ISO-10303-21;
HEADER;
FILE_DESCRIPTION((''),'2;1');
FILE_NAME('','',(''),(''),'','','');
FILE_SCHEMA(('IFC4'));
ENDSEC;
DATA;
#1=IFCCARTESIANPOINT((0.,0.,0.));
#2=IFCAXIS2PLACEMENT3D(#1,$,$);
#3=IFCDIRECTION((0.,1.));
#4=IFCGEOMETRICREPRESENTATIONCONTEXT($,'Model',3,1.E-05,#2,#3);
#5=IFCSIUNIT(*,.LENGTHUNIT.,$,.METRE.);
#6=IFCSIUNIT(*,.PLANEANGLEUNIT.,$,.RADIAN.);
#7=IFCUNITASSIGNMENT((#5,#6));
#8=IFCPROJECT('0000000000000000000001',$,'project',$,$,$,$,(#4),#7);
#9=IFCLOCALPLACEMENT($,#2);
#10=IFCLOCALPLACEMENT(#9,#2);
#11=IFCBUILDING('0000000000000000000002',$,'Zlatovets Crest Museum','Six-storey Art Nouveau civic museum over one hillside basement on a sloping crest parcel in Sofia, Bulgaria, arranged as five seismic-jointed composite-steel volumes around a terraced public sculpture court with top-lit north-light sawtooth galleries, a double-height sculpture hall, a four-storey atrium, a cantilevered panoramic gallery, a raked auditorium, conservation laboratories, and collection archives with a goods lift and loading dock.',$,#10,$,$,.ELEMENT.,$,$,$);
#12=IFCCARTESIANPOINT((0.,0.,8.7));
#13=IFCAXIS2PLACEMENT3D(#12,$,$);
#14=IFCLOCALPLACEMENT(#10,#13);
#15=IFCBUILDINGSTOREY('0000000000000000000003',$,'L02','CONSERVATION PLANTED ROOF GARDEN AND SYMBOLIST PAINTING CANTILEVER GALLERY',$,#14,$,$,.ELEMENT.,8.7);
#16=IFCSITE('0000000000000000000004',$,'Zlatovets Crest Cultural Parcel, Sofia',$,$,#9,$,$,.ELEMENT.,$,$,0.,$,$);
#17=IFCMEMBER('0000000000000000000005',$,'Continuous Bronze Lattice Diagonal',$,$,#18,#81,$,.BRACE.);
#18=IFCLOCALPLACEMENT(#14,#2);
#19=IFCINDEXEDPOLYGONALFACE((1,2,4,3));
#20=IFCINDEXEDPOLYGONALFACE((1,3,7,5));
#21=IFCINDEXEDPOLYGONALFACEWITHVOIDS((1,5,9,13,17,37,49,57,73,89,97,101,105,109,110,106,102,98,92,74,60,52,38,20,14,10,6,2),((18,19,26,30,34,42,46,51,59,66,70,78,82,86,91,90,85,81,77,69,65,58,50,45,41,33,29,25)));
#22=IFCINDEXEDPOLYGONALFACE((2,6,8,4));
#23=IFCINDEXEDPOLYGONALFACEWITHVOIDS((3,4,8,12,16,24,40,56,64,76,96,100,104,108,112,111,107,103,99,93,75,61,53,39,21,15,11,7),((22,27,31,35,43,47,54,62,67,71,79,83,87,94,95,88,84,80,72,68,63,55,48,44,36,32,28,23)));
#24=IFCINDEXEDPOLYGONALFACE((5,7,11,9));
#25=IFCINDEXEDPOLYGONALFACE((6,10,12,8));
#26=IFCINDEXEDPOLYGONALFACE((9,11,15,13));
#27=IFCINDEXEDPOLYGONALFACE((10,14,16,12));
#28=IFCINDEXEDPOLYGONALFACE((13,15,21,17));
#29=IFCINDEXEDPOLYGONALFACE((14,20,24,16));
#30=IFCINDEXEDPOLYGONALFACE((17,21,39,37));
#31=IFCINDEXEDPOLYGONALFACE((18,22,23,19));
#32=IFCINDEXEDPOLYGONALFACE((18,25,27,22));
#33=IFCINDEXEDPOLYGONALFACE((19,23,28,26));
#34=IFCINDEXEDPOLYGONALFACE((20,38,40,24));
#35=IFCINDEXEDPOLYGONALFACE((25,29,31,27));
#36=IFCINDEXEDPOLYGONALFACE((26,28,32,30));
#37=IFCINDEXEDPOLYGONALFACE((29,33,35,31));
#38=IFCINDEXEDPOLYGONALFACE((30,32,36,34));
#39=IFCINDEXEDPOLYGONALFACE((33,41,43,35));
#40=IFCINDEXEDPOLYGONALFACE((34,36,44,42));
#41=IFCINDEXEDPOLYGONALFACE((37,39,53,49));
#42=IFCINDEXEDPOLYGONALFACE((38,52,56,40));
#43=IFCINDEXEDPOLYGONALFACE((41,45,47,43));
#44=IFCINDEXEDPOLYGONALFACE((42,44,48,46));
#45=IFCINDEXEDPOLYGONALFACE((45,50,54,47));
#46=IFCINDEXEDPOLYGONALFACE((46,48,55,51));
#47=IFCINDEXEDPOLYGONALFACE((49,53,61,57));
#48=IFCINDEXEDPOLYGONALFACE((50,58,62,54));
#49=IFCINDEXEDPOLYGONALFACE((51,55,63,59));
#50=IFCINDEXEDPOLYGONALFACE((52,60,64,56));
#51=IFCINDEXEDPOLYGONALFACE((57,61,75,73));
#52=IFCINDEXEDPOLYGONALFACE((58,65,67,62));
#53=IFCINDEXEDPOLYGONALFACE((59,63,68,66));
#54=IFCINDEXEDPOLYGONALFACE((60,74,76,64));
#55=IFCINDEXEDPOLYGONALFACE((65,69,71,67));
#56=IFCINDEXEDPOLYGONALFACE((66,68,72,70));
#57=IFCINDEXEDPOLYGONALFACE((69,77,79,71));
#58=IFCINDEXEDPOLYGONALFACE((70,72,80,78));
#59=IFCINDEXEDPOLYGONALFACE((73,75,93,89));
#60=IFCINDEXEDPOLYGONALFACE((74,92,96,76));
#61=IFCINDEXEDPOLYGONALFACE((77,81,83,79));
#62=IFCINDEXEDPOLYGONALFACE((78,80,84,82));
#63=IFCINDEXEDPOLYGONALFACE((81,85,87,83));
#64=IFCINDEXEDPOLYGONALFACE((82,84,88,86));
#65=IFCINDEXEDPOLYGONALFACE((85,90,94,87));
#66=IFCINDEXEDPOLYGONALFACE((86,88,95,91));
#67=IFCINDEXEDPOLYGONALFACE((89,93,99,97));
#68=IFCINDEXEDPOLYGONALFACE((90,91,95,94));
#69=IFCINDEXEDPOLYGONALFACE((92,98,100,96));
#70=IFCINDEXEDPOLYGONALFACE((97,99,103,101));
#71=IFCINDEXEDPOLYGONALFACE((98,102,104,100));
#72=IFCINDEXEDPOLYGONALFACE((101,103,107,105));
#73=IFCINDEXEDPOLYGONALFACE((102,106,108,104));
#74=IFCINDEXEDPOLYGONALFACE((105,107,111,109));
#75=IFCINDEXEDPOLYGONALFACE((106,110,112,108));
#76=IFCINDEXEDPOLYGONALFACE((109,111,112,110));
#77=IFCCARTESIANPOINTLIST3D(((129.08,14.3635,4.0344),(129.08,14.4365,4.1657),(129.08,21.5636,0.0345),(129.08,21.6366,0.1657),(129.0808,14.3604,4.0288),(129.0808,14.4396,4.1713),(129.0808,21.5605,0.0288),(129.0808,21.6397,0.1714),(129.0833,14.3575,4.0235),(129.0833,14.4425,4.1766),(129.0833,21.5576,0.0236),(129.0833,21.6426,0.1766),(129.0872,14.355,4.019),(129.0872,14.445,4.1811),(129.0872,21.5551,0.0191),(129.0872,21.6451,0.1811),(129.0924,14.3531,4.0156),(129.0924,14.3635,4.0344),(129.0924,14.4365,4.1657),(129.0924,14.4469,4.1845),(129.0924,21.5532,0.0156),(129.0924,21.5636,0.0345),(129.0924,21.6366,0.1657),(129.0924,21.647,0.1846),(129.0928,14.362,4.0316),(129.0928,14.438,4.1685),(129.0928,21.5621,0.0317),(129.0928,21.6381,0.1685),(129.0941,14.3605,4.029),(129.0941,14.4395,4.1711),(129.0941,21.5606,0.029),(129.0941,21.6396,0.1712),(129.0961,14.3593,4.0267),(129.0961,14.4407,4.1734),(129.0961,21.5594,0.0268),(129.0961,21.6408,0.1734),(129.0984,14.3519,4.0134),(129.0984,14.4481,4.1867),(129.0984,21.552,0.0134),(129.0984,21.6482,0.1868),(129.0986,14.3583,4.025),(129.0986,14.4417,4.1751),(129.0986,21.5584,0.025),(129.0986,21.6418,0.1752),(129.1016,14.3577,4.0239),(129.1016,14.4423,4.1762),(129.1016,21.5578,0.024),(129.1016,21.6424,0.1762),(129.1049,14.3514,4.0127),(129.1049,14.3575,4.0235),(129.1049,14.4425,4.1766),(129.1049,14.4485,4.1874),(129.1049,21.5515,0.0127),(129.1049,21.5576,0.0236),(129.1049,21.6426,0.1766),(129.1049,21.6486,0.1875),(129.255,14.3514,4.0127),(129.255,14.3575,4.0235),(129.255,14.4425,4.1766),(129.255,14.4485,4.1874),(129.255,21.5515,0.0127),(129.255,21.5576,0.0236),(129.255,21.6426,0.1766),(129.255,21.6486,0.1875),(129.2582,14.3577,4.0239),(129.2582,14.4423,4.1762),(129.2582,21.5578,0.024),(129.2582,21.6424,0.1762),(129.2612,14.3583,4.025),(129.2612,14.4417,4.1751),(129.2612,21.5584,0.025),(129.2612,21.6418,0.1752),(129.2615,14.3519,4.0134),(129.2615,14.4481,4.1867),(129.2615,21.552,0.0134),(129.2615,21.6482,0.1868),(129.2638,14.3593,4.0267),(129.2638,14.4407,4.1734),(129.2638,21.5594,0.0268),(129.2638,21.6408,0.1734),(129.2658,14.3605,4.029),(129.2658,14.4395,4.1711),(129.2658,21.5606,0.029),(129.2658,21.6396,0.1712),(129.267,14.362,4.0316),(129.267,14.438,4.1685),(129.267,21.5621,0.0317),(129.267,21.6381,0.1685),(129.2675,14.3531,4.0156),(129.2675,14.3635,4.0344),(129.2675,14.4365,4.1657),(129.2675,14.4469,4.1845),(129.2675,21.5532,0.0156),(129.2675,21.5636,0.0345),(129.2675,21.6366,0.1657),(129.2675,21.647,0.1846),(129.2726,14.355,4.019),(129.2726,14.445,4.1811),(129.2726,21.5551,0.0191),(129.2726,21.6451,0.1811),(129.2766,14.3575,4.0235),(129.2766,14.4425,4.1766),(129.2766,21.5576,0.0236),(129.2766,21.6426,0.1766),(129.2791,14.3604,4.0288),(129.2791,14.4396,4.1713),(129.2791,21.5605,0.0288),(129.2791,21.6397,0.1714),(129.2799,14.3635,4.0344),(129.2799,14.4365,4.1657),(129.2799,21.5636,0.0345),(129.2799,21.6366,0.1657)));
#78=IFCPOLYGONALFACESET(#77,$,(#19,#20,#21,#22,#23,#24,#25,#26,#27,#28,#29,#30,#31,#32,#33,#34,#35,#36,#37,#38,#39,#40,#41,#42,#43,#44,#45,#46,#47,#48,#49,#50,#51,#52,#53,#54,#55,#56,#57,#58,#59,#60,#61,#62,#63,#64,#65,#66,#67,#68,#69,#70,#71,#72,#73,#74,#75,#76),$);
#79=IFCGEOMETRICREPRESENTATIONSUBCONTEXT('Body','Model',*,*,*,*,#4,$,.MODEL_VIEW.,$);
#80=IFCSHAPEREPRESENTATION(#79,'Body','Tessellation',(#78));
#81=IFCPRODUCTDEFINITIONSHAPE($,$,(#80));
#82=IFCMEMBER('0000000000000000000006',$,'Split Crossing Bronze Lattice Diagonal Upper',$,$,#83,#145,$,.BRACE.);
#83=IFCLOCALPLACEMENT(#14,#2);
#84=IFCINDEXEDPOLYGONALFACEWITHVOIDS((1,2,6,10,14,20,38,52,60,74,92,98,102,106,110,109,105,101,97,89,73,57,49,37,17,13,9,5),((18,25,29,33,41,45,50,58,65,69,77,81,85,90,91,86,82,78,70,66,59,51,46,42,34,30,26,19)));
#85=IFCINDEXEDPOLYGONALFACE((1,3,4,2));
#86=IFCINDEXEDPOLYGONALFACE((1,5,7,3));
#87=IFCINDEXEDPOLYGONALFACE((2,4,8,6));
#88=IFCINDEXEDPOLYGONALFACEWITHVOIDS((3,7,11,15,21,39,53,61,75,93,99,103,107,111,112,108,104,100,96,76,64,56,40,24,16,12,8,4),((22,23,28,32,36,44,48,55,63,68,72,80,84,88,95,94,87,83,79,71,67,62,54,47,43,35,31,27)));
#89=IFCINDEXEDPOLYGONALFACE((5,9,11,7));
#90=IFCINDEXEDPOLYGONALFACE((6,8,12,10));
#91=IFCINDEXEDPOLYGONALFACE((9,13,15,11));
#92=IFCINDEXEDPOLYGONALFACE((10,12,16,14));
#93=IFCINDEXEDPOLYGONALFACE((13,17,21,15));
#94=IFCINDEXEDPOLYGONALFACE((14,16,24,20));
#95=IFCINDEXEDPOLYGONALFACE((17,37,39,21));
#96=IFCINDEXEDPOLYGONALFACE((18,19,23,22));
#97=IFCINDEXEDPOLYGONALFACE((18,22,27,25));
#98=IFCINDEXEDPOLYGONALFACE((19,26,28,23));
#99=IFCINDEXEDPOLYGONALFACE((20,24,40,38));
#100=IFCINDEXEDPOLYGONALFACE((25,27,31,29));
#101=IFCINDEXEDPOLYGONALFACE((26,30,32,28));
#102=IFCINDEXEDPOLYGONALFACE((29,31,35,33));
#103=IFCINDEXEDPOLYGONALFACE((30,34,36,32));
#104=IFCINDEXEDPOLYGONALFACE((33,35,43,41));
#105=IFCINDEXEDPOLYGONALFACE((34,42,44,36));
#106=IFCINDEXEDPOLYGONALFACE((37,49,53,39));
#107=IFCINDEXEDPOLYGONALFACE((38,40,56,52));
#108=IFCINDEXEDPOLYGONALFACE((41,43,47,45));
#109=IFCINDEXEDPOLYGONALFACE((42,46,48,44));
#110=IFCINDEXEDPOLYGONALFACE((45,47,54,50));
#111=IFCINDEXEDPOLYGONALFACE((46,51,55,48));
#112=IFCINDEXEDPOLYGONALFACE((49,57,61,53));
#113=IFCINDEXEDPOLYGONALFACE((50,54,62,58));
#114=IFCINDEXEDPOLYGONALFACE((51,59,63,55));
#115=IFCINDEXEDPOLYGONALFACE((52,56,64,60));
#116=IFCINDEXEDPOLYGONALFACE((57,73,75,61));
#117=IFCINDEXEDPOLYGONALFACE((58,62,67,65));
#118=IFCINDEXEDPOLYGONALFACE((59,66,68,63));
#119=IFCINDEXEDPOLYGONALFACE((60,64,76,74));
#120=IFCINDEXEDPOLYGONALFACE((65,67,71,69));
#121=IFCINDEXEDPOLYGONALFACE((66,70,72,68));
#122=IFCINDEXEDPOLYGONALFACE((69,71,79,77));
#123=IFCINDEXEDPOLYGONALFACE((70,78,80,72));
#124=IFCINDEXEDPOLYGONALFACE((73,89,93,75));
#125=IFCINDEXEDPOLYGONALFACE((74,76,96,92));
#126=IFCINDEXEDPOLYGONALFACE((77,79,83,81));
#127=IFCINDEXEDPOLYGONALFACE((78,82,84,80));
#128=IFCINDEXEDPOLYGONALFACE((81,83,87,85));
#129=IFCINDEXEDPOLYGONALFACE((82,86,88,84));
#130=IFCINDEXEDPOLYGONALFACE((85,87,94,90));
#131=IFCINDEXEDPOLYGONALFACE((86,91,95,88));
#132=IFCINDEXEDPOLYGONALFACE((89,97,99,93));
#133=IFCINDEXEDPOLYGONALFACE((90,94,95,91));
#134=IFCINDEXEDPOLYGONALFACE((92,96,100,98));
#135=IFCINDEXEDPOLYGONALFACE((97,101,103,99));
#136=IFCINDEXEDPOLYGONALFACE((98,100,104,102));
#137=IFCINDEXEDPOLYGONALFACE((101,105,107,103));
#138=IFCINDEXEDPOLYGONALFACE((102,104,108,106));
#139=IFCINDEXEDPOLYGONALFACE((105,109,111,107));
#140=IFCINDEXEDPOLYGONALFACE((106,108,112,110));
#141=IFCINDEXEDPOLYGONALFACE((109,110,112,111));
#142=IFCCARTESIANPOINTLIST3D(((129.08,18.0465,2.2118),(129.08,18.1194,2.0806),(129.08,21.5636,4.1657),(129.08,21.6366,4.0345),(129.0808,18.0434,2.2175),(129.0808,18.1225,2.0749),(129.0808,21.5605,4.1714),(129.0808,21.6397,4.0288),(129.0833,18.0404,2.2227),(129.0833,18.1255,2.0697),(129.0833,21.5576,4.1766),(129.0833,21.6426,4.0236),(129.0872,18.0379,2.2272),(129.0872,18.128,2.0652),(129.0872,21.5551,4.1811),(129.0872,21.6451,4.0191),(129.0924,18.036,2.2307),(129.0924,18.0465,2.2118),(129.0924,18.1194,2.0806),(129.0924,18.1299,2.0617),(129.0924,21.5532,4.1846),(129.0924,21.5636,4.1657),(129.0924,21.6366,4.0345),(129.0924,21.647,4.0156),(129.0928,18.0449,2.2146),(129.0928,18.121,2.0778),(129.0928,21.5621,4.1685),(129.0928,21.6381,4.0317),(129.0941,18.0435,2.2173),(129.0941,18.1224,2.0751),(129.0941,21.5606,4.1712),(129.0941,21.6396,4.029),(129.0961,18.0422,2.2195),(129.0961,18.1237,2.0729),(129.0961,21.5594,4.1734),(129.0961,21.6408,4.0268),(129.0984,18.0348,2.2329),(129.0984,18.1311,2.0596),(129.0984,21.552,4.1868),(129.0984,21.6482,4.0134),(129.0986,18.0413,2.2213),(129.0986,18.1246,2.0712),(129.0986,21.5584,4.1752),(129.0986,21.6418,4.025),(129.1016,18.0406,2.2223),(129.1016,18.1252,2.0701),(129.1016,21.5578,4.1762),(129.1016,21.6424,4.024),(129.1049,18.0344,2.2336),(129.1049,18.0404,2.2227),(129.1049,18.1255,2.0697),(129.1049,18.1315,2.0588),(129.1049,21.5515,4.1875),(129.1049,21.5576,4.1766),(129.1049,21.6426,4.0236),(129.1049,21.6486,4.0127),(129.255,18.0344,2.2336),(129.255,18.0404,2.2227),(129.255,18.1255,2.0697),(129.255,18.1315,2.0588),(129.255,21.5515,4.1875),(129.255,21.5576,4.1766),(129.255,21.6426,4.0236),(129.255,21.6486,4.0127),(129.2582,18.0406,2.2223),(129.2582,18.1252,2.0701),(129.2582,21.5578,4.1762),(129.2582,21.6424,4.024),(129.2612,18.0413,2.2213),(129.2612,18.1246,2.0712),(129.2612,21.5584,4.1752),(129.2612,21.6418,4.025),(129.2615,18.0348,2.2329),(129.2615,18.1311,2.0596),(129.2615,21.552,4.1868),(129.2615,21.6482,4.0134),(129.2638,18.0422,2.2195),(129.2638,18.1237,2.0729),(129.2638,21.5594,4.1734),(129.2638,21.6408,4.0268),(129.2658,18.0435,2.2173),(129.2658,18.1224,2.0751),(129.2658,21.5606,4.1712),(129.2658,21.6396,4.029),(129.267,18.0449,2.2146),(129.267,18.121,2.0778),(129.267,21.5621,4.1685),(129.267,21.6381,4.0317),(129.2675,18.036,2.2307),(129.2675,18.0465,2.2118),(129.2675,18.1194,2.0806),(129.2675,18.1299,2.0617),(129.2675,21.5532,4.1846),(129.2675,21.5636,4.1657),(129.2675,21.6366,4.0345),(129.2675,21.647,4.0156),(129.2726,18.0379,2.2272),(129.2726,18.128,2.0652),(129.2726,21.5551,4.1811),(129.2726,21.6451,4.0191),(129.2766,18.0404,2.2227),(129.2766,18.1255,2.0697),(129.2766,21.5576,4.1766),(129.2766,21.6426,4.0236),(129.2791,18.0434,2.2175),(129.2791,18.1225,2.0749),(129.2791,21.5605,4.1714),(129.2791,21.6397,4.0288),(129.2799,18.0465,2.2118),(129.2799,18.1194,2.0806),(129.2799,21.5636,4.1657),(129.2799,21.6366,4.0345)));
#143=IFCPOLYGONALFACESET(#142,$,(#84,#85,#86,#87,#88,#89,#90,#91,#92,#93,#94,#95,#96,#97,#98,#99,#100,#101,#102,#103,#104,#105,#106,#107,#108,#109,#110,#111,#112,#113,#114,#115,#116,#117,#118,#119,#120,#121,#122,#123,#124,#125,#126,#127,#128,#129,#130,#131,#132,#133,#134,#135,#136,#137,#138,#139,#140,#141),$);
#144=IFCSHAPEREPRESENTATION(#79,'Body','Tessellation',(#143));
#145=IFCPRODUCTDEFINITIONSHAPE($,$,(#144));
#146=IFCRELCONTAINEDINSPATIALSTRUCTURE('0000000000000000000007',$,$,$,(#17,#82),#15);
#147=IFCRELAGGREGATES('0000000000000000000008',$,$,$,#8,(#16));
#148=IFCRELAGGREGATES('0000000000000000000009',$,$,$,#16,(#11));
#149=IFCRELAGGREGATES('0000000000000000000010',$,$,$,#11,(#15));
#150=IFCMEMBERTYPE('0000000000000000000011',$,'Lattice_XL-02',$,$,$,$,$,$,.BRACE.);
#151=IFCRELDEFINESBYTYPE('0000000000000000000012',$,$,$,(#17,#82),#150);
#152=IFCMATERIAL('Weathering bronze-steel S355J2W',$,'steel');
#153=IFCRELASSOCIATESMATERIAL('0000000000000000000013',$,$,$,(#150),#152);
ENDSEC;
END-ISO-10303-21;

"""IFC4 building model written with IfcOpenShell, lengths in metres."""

from ifc_helpers import new_model, si_unit, direction, frame, origin, origin_2d, place, context, subcontext, project, spatial, hollow_rectangle, extrude, material, material_profile, profile_set, type_object, element, save


model = new_model("IFC4")

# Units and contexts
model_context = context("Model", 3, precision=1e-05, world=origin(), true_north=direction((0.0, 1.0)))
body_context = subcontext(model_context, "Body", "Model", "MODEL_VIEW")
ifc_project = project(units=[si_unit("LENGTHUNIT", "METRE"), si_unit("PLANEANGLEUNIT", "RADIAN")], contexts=[model_context])

# Site, building, storey
site_placement = place(None, origin())
site = spatial("IfcSite", under=ifc_project, at=site_placement, Name="Zlatovets Crest Cultural Parcel, Sofia", CompositionType="ELEMENT", RefElevation=0.0)
building_placement = place(site_placement, origin())
building = spatial("IfcBuilding", under=site, at=building_placement, Name="Zlatovets Crest Museum", Description="Six-storey Art Nouveau civic museum over one hillside basement on a sloping crest parcel in Sofia, Bulgaria, arranged as five seismic-jointed composite-steel volumes around a terraced public sculpture court with top-lit north-light sawtooth galleries, a double-height sculpture hall, a four-storey atrium, a cantilevered panoramic gallery, a raked auditorium, conservation laboratories, and collection archives with a goods lift and loading dock.", CompositionType="ELEMENT")
storey_placement = place(building_placement, frame((0.0, 0.0, 8.7)))
storey = spatial("IfcBuildingStorey", under=building, at=storey_placement, Name="L02", Description="CONSERVATION PLANTED ROOF GARDEN AND SYMBOLIST PAINTING CANTILEVER GALLERY", CompositionType="ELEMENT", Elevation=8.7)

# Members
ifc_material_1 = material(Name="Weathering bronze-steel S355J2W", Category="steel")
ifc_material_profile_1 = material_profile(ifc_material_1, hollow_rectangle(XDim=0.2, YDim=0.2, WallThickness=0.0125, InnerFilletRadius=0.0125, OuterFilletRadius=0.0249, at=origin_2d()), Name="SHS 200x200x12.5")
ifc_profile_set_1 = profile_set([ifc_material_profile_1], Name="Weathering bronze-steel S355J2W")
member_type_1 = type_object("IfcMemberType", Name="Lattice_XL-02", PredefinedType="BRACE", material=ifc_profile_set_1)
member_1_placement = place(storey_placement, frame((129.1799, 21.6001, 0.1001), z_axis=(0.0, -0.874163, 0.485633), x_axis=(1.0, 0.0, 0.0)))
element("IfcMember", 1, at=member_1_placement, inside=storey, type_object=member_type_1, Name="Continuous Bronze Lattice Diagonal", PredefinedType="BRACE", context=body_context, shape_type="SweptSolid", body=[
    extrude(hollow_rectangle(XDim=0.2, YDim=0.2, WallThickness=0.0125, InnerFilletRadius=0.0125, OuterFilletRadius=0.0249, at=origin_2d()), origin(), (0.0, 0.0, 1.0), 8.2366),
])
member_2_placement = place(storey_placement, frame((129.1799, 21.6001, 4.1001), z_axis=(0.0, -0.874166, -0.485627), x_axis=(1.0, 0.0, 0.0)))
element("IfcMember", 2, at=member_2_placement, inside=storey, type_object=member_type_1, Name="Split Crossing Bronze Lattice Diagonal Upper", PredefinedType="BRACE", context=body_context, shape_type="SweptSolid", body=[
    extrude(hollow_rectangle(XDim=0.2, YDim=0.2, WallThickness=0.0125, InnerFilletRadius=0.0125, OuterFilletRadius=0.0249, at=origin_2d()), origin(), (0.0, 0.0, 1.0), 4.0234),
])

save(model, "model.ifc")
